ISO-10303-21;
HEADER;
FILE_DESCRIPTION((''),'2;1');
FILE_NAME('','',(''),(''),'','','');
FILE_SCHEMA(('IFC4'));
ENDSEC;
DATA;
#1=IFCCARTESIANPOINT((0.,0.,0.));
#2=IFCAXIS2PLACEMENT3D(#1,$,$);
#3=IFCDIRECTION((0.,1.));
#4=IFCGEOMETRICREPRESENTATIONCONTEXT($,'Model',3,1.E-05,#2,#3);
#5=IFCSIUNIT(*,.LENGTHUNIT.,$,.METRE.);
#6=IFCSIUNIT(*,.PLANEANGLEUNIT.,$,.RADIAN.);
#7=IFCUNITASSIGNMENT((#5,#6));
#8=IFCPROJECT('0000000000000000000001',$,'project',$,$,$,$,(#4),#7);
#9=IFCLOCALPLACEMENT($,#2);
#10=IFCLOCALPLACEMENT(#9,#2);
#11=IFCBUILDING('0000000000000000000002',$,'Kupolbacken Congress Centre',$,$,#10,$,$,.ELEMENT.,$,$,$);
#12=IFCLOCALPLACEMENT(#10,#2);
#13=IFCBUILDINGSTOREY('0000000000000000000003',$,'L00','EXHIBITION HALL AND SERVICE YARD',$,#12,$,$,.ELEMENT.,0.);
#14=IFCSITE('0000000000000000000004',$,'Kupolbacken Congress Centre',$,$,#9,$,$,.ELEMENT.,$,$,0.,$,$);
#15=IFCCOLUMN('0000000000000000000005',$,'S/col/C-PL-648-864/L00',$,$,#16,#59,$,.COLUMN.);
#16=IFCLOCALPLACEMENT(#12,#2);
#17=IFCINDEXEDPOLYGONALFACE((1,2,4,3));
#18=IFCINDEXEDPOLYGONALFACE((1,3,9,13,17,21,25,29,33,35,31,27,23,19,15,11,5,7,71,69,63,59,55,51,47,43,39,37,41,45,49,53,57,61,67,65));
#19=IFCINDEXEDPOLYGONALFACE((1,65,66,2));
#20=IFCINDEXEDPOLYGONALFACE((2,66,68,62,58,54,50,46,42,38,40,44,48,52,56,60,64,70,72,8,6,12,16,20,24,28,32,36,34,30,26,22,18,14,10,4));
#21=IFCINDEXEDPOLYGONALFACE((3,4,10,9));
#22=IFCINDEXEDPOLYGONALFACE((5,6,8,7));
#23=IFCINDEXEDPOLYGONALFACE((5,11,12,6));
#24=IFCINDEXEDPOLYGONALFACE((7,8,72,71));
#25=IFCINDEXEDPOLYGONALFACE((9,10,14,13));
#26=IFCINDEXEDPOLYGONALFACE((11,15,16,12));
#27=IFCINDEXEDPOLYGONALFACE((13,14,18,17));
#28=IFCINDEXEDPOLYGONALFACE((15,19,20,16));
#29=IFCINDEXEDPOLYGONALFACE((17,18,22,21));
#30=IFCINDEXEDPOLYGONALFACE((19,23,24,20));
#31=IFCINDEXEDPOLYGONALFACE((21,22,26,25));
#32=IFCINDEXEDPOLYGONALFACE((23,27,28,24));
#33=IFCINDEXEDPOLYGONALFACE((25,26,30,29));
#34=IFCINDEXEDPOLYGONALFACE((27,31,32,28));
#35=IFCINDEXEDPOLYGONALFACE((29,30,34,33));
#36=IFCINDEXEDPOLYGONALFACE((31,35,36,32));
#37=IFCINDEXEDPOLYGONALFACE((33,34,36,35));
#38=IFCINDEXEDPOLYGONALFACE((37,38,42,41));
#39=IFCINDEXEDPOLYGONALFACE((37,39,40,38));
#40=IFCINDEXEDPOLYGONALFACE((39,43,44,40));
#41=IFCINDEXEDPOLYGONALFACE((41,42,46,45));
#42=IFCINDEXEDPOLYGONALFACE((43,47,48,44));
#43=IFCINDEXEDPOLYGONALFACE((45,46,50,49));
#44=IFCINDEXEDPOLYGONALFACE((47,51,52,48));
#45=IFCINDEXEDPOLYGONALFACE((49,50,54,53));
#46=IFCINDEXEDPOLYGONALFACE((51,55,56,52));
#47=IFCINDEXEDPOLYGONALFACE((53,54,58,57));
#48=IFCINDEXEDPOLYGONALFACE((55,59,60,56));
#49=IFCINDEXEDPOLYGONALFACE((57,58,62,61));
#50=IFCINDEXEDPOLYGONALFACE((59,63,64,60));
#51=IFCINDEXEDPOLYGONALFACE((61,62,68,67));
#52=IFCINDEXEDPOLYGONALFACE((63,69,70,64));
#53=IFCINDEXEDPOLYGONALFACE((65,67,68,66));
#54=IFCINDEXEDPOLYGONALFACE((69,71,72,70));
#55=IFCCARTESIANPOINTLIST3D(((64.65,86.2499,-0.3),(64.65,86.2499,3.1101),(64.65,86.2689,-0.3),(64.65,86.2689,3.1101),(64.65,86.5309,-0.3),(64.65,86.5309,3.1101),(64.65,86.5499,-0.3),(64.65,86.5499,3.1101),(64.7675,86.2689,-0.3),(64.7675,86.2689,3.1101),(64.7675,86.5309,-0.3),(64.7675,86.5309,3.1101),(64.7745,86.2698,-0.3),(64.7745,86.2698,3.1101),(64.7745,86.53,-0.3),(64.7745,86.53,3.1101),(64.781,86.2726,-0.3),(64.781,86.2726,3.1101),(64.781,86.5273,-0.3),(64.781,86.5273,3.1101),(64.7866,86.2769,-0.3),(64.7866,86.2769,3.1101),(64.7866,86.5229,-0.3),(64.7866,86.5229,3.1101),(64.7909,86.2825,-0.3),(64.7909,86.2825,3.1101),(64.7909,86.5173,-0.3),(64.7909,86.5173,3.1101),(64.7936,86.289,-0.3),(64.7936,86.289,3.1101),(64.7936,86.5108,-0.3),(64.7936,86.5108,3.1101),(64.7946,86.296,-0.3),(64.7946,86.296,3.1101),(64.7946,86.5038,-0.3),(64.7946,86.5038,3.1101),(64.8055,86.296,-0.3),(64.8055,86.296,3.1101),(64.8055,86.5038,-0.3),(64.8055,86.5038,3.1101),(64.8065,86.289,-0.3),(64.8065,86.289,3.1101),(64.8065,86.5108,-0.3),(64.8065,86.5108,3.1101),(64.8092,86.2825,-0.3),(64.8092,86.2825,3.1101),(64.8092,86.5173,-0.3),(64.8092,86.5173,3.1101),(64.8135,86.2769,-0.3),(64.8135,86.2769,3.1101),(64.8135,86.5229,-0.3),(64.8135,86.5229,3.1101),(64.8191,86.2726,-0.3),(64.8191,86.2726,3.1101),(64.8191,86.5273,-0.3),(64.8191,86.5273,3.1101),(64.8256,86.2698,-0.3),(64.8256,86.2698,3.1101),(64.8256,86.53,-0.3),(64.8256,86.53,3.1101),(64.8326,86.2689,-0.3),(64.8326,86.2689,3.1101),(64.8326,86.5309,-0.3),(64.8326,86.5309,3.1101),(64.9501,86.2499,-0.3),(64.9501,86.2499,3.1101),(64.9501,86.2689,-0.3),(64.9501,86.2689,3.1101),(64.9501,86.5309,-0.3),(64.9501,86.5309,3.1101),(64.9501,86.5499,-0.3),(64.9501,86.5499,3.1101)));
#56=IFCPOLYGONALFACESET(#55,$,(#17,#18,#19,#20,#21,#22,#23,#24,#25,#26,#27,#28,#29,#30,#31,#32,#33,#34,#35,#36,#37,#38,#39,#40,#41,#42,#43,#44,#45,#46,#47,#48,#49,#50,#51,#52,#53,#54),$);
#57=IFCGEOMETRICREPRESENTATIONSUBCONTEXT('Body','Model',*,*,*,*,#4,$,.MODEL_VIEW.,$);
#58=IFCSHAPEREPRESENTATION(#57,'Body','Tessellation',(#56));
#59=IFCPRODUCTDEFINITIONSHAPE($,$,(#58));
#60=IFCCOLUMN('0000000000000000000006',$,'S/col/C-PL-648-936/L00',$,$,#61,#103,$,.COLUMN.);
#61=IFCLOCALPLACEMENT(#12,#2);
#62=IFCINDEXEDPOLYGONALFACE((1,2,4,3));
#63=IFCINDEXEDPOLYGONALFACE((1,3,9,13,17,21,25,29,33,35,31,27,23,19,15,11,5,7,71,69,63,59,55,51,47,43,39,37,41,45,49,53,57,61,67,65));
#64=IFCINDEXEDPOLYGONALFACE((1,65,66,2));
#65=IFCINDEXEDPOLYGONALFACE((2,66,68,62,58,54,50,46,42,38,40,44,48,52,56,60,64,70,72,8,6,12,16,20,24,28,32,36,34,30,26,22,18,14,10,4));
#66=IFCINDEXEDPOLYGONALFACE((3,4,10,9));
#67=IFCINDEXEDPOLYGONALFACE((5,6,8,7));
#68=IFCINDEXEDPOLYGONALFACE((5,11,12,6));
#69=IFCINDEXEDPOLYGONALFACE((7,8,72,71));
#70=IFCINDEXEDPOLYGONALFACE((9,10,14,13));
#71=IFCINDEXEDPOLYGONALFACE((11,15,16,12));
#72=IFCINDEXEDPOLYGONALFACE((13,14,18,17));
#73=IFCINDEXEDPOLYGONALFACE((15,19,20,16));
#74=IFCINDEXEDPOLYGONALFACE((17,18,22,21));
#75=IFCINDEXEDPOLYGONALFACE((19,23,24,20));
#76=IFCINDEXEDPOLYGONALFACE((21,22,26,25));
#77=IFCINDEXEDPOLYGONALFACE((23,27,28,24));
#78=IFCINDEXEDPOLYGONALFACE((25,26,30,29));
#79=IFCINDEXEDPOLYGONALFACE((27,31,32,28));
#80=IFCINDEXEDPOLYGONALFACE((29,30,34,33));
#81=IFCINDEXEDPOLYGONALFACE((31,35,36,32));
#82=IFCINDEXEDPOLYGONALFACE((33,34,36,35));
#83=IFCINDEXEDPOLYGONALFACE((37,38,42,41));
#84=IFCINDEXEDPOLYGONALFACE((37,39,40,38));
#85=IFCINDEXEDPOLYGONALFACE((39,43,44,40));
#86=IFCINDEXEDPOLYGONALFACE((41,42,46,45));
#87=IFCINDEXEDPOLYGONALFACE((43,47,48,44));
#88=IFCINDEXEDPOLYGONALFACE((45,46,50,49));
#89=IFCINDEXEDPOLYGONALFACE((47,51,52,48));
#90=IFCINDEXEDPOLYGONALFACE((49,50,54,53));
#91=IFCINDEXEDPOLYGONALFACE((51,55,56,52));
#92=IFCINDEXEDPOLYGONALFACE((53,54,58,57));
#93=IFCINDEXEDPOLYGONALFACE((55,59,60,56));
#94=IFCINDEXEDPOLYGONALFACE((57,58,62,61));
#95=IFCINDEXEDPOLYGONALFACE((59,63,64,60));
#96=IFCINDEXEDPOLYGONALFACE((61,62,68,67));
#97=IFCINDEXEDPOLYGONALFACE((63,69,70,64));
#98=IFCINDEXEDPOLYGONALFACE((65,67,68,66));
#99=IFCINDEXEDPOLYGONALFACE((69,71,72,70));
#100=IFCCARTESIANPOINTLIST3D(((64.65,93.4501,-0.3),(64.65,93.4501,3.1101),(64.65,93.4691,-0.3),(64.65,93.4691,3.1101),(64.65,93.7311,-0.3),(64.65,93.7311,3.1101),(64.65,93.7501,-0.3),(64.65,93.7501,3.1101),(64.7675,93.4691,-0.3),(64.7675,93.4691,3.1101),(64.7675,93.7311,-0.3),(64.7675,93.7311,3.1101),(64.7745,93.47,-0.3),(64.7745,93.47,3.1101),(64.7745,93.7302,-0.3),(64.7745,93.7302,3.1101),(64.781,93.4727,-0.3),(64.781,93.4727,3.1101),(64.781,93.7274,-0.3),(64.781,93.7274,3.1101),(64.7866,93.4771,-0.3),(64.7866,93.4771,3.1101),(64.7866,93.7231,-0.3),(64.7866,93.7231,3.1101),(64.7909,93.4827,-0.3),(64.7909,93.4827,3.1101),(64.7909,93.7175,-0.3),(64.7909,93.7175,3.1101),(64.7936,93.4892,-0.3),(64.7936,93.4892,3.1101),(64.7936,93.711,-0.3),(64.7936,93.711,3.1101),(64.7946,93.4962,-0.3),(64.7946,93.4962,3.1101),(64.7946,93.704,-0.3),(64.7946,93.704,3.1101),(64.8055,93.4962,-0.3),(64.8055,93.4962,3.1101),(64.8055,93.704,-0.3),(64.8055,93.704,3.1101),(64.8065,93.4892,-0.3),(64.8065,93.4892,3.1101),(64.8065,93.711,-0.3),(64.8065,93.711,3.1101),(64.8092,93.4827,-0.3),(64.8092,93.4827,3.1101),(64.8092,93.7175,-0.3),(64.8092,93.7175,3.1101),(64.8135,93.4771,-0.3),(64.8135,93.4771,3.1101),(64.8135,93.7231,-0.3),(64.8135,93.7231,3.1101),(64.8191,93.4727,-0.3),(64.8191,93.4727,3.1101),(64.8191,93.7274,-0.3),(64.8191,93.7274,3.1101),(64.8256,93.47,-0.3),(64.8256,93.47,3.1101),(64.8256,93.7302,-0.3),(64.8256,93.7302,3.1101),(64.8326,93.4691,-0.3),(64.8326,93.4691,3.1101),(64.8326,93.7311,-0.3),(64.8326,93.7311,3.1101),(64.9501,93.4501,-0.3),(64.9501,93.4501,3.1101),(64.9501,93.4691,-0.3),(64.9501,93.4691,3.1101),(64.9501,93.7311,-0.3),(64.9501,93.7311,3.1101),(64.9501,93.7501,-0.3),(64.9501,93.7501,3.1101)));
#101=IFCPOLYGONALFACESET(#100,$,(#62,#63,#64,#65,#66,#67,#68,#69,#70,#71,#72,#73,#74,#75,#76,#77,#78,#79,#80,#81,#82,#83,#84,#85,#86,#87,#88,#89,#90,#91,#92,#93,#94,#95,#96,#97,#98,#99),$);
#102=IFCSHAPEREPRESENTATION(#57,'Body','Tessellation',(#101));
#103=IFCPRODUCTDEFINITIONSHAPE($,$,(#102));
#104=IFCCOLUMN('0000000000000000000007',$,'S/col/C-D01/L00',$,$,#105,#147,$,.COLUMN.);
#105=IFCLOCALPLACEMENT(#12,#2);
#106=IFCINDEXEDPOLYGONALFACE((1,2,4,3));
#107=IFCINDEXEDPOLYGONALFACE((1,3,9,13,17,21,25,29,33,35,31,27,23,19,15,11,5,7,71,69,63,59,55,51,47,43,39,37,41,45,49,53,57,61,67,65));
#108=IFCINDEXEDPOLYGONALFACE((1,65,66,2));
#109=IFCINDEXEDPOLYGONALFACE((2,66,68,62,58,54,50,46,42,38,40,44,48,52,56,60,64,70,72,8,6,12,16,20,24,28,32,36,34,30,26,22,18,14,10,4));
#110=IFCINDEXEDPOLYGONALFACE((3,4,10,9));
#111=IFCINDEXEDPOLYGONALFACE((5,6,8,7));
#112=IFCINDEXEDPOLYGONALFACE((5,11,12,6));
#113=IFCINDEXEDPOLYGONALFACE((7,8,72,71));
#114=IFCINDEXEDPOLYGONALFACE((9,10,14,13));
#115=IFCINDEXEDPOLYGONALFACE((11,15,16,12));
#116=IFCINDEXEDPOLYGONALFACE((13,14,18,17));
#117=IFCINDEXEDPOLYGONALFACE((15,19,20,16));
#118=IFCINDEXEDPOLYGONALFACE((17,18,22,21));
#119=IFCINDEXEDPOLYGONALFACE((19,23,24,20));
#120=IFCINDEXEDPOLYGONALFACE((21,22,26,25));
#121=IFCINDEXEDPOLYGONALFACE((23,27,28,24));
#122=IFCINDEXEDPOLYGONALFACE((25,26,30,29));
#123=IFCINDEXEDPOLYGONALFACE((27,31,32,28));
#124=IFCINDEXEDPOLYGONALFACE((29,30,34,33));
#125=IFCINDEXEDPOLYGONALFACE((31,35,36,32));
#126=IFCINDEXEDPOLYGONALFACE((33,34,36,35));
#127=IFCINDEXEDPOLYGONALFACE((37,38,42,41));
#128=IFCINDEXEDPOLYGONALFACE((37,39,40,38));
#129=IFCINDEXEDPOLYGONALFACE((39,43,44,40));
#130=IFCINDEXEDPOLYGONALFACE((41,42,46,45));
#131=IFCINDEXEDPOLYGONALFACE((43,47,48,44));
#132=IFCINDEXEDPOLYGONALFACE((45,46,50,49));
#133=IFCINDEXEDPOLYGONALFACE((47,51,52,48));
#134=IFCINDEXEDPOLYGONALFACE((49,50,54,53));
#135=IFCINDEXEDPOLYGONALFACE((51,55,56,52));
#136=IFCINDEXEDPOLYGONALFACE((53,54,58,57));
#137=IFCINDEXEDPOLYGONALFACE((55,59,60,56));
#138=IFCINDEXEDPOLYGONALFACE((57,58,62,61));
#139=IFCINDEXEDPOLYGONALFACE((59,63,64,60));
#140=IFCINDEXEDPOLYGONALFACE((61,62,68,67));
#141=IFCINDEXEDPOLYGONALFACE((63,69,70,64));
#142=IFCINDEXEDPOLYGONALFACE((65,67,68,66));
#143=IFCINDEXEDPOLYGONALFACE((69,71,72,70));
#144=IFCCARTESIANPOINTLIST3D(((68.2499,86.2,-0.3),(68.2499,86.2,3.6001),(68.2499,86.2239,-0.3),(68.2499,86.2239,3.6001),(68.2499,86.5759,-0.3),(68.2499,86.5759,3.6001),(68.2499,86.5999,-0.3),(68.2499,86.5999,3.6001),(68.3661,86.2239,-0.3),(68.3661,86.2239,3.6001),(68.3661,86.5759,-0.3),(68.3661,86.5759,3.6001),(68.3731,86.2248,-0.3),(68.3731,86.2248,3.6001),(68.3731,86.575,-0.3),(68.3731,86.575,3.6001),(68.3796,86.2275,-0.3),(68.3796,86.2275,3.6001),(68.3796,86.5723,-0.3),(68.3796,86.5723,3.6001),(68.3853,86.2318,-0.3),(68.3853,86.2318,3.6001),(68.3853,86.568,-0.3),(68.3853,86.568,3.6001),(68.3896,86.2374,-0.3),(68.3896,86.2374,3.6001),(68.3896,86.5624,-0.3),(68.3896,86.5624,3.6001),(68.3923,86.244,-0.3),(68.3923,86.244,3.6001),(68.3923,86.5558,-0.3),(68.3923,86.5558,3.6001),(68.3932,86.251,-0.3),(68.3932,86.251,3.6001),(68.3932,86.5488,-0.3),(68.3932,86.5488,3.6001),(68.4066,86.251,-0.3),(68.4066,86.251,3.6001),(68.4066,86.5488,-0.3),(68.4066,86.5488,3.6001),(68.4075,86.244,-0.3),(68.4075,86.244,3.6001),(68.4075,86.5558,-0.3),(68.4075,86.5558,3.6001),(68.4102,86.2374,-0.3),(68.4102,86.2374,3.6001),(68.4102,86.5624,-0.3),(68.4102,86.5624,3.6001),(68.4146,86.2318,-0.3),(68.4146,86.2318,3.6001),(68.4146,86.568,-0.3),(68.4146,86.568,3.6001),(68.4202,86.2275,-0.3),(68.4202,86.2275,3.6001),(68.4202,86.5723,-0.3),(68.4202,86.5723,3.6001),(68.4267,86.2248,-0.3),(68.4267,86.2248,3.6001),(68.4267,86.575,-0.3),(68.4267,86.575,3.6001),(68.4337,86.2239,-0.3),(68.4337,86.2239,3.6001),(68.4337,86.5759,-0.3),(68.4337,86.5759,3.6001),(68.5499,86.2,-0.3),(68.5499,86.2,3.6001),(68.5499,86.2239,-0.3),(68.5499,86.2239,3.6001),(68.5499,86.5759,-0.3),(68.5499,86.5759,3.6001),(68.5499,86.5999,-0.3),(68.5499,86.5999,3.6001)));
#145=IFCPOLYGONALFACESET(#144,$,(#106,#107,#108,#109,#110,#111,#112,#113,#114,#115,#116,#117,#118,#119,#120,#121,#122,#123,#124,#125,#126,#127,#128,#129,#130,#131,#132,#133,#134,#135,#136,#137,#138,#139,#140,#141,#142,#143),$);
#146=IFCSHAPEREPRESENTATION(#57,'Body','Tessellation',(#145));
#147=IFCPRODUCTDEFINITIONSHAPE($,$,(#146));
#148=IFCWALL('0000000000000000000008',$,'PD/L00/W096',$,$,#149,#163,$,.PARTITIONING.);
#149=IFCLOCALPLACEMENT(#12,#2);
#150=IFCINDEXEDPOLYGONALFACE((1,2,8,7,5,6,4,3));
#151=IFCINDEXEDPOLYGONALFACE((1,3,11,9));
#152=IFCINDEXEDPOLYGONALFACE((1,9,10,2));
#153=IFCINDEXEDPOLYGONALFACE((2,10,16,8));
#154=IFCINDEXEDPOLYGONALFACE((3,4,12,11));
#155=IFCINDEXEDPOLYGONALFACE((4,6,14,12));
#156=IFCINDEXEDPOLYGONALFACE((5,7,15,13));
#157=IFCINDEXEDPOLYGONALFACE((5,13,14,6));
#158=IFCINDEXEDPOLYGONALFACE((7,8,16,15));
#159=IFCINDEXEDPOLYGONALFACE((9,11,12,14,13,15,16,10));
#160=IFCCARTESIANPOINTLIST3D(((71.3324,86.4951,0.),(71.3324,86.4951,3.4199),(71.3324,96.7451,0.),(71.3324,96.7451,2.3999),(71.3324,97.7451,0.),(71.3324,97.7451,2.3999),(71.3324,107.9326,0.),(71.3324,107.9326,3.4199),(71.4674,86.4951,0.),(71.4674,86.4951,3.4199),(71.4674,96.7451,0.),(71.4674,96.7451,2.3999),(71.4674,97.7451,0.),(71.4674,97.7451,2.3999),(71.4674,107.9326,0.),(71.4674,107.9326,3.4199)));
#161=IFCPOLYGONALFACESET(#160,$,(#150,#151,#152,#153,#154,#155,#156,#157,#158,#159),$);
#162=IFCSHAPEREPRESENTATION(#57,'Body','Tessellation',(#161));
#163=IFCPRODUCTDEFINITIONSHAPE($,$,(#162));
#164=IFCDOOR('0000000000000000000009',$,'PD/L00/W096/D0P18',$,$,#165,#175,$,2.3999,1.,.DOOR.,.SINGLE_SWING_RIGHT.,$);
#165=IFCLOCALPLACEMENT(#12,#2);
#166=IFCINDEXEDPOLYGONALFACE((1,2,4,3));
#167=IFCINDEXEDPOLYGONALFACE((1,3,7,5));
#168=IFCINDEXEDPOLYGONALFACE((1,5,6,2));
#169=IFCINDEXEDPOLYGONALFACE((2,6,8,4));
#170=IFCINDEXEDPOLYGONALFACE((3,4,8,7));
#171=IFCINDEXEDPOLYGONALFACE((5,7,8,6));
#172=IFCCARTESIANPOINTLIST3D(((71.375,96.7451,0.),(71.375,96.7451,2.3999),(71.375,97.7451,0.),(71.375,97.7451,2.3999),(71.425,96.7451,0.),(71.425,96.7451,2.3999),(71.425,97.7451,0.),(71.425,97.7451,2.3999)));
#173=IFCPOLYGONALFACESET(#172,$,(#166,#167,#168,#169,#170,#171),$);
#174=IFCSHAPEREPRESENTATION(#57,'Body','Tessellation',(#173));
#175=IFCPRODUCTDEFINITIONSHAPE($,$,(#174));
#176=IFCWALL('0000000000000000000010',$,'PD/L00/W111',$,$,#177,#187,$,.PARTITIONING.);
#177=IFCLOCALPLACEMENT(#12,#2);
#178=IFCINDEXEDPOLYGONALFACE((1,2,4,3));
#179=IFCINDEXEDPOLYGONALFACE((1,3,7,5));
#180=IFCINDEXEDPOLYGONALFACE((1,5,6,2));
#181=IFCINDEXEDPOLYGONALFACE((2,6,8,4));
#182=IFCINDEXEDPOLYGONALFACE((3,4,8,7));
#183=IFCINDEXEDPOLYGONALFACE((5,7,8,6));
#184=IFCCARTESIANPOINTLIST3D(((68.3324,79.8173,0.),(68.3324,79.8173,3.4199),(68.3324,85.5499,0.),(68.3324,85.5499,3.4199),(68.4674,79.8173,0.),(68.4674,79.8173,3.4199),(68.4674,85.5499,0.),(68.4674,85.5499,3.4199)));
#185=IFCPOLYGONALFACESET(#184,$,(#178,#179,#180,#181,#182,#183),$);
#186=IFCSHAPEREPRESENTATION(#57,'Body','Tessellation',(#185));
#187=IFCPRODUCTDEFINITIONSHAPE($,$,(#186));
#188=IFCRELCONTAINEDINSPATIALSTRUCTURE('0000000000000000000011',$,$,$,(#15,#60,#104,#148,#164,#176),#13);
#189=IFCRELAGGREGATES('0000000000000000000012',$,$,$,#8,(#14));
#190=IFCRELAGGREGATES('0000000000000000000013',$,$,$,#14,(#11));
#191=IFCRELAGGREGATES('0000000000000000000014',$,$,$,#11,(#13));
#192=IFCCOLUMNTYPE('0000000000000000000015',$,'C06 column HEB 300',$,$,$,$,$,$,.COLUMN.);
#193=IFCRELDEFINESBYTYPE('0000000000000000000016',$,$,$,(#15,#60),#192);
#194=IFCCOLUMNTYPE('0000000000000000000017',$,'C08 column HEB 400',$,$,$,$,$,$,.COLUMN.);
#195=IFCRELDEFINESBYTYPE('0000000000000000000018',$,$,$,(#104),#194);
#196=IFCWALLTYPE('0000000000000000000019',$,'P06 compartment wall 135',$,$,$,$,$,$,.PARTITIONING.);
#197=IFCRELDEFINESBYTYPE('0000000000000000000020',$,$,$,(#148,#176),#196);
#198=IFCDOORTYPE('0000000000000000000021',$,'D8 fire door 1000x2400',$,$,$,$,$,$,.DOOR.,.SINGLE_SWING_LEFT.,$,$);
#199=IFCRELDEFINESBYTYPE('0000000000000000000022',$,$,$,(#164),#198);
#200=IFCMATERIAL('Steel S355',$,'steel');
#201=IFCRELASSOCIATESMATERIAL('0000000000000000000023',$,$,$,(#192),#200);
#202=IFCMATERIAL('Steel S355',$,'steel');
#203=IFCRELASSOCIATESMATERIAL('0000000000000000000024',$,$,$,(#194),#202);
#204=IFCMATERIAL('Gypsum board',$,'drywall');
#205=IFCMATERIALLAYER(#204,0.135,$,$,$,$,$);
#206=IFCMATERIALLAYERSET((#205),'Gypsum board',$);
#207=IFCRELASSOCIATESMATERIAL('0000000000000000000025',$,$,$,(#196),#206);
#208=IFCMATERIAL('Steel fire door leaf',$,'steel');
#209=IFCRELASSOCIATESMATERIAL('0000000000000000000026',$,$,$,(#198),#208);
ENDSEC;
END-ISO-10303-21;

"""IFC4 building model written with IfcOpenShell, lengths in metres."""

from ifc_helpers import new_model, si_unit, direction, frame, frame_2d, origin, origin_2d, place, context, subcontext, project, spatial, rectangle, i_section, extrude, material, layer, layer_set, material_profile, profile_set, type_object, element, fill, save


model = new_model("IFC4")

# Units and contexts
model_context = context("Model", 3, precision=1e-05, world=origin(), true_north=direction((0.0, 1.0)))
body_context = subcontext(model_context, "Body", "Model", "MODEL_VIEW")
ifc_project = project(units=[si_unit("LENGTHUNIT", "METRE"), si_unit("PLANEANGLEUNIT", "RADIAN")], contexts=[model_context])

# Site, building, storey
site_placement = place(None, origin())
site = spatial("IfcSite", under=ifc_project, at=site_placement, Name="Kupolbacken Congress Centre", CompositionType="ELEMENT", RefElevation=0.0)
building_placement = place(site_placement, origin())
building = spatial("IfcBuilding", under=site, at=building_placement, Name="Kupolbacken Congress Centre", CompositionType="ELEMENT")
storey_placement = place(building_placement, origin())
storey = spatial("IfcBuildingStorey", under=building, at=storey_placement, Name="L00", Description="EXHIBITION HALL AND SERVICE YARD", CompositionType="ELEMENT", Elevation=0.0)

# Columns
ifc_material_1 = material(Name="Steel S355", Category="steel")
ifc_material_profile_1 = material_profile(ifc_material_1, i_section(OverallWidth=0.3, OverallDepth=0.3, WebThickness=0.011, FlangeThickness=0.019, FilletRadius=0.0271, at=origin_2d()), Name="HEB 300")
ifc_profile_set_1 = profile_set([ifc_material_profile_1], Name="Steel S355")
column_type_1 = type_object("IfcColumnType", Name="C06 column HEB 300", PredefinedType="COLUMN", material=ifc_profile_set_1)
for number, where, z_axis, x_axis, name in (
    (1, (64.8, 86.3999, -0.3), (0.0, 0.0, 1.0), (1.0, 0.0, 0.0), "S/col/C-PL-648-864/L00"),
    (2, (64.8, 93.6001, -0.3), (0.0, 0.0, 1.0), (1.0, 0.0, 0.0), "S/col/C-PL-648-936/L00"),
):
    element("IfcColumn", number, at=place(storey_placement, frame(where, z_axis=z_axis, x_axis=x_axis)), inside=storey, type_object=column_type_1, Name=name, PredefinedType="COLUMN", context=body_context, shape_type="SweptSolid", body=[
        extrude(i_section(OverallWidth=0.3, OverallDepth=0.3, WebThickness=0.011, FlangeThickness=0.019, FilletRadius=0.0271, at=origin_2d()), origin(), (0.0, 0.0, 1.0), 3.4102),
    ])
ifc_material_2 = material(Name="Steel S355", Category="steel")
ifc_material_profile_2 = material_profile(ifc_material_2, i_section(OverallWidth=0.3, OverallDepth=0.3999, WebThickness=0.0134, FlangeThickness=0.0239, FilletRadius=0.0271, at=origin_2d()), Name="HEB 400")
ifc_profile_set_2 = profile_set([ifc_material_profile_2], Name="Steel S355")
column_type_2 = type_object("IfcColumnType", Name="C08 column HEB 400", PredefinedType="COLUMN", material=ifc_profile_set_2)
column_placement = place(storey_placement, frame((68.3999, 86.3999, -0.3), z_axis=(0.0, 0.0, 1.0), x_axis=(1.0, 0.0, 0.0)))
element("IfcColumn", 3, at=column_placement, inside=storey, type_object=column_type_2, Name="S/col/C-D01/L00", PredefinedType="COLUMN", context=body_context, shape_type="SweptSolid", body=[
    extrude(i_section(OverallWidth=0.3, OverallDepth=0.3999, WebThickness=0.0134, FlangeThickness=0.0239, FilletRadius=0.0271, at=origin_2d()), origin(), (0.0, 0.0, 1.0), 3.9001),
])

# Wall, opening, door
ifc_material_3 = material(Name="Gypsum board", Category="drywall")
ifc_layer_1 = layer(ifc_material_3, 0.135)
ifc_layer_set_1 = layer_set([ifc_layer_1], Name="Gypsum board")
wall_type_1 = type_object("IfcWallType", Name="P06 compartment wall 135", PredefinedType="PARTITIONING", material=ifc_layer_set_1)
wall_1_placement = place(storey_placement, frame((71.3999, 86.4951, 0.0), z_axis=(0.0, 0.0, 1.0), x_axis=(0.0, 1.0, 0.0)))
wall_1 = element("IfcWall", 4, at=wall_1_placement, inside=storey, type_object=wall_type_1, Name="PD/L00/W096", PredefinedType="PARTITIONING", context=body_context, shape_type="SweptSolid", body=[
    extrude(rectangle(XDim=21.4375, YDim=0.135, at=frame_2d((10.7188, 0.0))), origin(), (0.0, 0.0, 1.0), 3.4199),
])
opening_1_placement = place(wall_1_placement, frame((10.25, 0.0, 0.0)))
opening_1 = element("IfcOpeningElement", 5, at=opening_1_placement, cuts=wall_1, PredefinedType="OPENING", context=body_context, shape_type="SweptSolid", body=[
    extrude(rectangle(XDim=1.0, YDim=2.3999, at=frame_2d((0.5, 1.2))), frame((0.0, 0.0774, 0.0), z_axis=(0.0, -1.0, 0.0), x_axis=(1.0, 0.0, 0.0)), (0.0, 0.0, 1.0), 0.155),
])
ifc_material_4 = material(Name="Steel fire door leaf", Category="steel")
door_type_1 = type_object("IfcDoorType", Name="D8 fire door 1000x2400", OperationType="SINGLE_SWING_LEFT", PredefinedType="DOOR", material=ifc_material_4)
door_1_placement = place(opening_1_placement, origin())
door_1 = element("IfcDoor", 6, at=door_1_placement, inside=storey, type_object=door_type_1, Name="PD/L00/W096/D0P18", OperationType="SINGLE_SWING_RIGHT", OverallHeight=2.3999, OverallWidth=1.0, PredefinedType="DOOR", context=body_context, shape_type="SweptSolid", body=[
    extrude(rectangle(XDim=1.0, YDim=2.3999, at=frame_2d((0.5, 1.2))), frame((0.0, 0.0249, 0.0), z_axis=(0.0, -1.0, 0.0), x_axis=(1.0, 0.0, 0.0)), (0.0, 0.0, 1.0), 0.05),
])
fill(opening_1, door_1)

# Wall
wall_2_placement = place(storey_placement, frame((68.3999, 79.8174, 0.0), z_axis=(0.0, 0.0, 1.0), x_axis=(0.0, 1.0, 0.0)))
element("IfcWall", 7, at=wall_2_placement, inside=storey, type_object=wall_type_1, Name="PD/L00/W111", PredefinedType="PARTITIONING", context=body_context, shape_type="SweptSolid", body=[
    extrude(rectangle(XDim=5.7327, YDim=0.135, at=frame_2d((2.8662, 0.0))), origin(), (0.0, 0.0, 1.0), 3.4199),
])

save(model, "model.ifc")
